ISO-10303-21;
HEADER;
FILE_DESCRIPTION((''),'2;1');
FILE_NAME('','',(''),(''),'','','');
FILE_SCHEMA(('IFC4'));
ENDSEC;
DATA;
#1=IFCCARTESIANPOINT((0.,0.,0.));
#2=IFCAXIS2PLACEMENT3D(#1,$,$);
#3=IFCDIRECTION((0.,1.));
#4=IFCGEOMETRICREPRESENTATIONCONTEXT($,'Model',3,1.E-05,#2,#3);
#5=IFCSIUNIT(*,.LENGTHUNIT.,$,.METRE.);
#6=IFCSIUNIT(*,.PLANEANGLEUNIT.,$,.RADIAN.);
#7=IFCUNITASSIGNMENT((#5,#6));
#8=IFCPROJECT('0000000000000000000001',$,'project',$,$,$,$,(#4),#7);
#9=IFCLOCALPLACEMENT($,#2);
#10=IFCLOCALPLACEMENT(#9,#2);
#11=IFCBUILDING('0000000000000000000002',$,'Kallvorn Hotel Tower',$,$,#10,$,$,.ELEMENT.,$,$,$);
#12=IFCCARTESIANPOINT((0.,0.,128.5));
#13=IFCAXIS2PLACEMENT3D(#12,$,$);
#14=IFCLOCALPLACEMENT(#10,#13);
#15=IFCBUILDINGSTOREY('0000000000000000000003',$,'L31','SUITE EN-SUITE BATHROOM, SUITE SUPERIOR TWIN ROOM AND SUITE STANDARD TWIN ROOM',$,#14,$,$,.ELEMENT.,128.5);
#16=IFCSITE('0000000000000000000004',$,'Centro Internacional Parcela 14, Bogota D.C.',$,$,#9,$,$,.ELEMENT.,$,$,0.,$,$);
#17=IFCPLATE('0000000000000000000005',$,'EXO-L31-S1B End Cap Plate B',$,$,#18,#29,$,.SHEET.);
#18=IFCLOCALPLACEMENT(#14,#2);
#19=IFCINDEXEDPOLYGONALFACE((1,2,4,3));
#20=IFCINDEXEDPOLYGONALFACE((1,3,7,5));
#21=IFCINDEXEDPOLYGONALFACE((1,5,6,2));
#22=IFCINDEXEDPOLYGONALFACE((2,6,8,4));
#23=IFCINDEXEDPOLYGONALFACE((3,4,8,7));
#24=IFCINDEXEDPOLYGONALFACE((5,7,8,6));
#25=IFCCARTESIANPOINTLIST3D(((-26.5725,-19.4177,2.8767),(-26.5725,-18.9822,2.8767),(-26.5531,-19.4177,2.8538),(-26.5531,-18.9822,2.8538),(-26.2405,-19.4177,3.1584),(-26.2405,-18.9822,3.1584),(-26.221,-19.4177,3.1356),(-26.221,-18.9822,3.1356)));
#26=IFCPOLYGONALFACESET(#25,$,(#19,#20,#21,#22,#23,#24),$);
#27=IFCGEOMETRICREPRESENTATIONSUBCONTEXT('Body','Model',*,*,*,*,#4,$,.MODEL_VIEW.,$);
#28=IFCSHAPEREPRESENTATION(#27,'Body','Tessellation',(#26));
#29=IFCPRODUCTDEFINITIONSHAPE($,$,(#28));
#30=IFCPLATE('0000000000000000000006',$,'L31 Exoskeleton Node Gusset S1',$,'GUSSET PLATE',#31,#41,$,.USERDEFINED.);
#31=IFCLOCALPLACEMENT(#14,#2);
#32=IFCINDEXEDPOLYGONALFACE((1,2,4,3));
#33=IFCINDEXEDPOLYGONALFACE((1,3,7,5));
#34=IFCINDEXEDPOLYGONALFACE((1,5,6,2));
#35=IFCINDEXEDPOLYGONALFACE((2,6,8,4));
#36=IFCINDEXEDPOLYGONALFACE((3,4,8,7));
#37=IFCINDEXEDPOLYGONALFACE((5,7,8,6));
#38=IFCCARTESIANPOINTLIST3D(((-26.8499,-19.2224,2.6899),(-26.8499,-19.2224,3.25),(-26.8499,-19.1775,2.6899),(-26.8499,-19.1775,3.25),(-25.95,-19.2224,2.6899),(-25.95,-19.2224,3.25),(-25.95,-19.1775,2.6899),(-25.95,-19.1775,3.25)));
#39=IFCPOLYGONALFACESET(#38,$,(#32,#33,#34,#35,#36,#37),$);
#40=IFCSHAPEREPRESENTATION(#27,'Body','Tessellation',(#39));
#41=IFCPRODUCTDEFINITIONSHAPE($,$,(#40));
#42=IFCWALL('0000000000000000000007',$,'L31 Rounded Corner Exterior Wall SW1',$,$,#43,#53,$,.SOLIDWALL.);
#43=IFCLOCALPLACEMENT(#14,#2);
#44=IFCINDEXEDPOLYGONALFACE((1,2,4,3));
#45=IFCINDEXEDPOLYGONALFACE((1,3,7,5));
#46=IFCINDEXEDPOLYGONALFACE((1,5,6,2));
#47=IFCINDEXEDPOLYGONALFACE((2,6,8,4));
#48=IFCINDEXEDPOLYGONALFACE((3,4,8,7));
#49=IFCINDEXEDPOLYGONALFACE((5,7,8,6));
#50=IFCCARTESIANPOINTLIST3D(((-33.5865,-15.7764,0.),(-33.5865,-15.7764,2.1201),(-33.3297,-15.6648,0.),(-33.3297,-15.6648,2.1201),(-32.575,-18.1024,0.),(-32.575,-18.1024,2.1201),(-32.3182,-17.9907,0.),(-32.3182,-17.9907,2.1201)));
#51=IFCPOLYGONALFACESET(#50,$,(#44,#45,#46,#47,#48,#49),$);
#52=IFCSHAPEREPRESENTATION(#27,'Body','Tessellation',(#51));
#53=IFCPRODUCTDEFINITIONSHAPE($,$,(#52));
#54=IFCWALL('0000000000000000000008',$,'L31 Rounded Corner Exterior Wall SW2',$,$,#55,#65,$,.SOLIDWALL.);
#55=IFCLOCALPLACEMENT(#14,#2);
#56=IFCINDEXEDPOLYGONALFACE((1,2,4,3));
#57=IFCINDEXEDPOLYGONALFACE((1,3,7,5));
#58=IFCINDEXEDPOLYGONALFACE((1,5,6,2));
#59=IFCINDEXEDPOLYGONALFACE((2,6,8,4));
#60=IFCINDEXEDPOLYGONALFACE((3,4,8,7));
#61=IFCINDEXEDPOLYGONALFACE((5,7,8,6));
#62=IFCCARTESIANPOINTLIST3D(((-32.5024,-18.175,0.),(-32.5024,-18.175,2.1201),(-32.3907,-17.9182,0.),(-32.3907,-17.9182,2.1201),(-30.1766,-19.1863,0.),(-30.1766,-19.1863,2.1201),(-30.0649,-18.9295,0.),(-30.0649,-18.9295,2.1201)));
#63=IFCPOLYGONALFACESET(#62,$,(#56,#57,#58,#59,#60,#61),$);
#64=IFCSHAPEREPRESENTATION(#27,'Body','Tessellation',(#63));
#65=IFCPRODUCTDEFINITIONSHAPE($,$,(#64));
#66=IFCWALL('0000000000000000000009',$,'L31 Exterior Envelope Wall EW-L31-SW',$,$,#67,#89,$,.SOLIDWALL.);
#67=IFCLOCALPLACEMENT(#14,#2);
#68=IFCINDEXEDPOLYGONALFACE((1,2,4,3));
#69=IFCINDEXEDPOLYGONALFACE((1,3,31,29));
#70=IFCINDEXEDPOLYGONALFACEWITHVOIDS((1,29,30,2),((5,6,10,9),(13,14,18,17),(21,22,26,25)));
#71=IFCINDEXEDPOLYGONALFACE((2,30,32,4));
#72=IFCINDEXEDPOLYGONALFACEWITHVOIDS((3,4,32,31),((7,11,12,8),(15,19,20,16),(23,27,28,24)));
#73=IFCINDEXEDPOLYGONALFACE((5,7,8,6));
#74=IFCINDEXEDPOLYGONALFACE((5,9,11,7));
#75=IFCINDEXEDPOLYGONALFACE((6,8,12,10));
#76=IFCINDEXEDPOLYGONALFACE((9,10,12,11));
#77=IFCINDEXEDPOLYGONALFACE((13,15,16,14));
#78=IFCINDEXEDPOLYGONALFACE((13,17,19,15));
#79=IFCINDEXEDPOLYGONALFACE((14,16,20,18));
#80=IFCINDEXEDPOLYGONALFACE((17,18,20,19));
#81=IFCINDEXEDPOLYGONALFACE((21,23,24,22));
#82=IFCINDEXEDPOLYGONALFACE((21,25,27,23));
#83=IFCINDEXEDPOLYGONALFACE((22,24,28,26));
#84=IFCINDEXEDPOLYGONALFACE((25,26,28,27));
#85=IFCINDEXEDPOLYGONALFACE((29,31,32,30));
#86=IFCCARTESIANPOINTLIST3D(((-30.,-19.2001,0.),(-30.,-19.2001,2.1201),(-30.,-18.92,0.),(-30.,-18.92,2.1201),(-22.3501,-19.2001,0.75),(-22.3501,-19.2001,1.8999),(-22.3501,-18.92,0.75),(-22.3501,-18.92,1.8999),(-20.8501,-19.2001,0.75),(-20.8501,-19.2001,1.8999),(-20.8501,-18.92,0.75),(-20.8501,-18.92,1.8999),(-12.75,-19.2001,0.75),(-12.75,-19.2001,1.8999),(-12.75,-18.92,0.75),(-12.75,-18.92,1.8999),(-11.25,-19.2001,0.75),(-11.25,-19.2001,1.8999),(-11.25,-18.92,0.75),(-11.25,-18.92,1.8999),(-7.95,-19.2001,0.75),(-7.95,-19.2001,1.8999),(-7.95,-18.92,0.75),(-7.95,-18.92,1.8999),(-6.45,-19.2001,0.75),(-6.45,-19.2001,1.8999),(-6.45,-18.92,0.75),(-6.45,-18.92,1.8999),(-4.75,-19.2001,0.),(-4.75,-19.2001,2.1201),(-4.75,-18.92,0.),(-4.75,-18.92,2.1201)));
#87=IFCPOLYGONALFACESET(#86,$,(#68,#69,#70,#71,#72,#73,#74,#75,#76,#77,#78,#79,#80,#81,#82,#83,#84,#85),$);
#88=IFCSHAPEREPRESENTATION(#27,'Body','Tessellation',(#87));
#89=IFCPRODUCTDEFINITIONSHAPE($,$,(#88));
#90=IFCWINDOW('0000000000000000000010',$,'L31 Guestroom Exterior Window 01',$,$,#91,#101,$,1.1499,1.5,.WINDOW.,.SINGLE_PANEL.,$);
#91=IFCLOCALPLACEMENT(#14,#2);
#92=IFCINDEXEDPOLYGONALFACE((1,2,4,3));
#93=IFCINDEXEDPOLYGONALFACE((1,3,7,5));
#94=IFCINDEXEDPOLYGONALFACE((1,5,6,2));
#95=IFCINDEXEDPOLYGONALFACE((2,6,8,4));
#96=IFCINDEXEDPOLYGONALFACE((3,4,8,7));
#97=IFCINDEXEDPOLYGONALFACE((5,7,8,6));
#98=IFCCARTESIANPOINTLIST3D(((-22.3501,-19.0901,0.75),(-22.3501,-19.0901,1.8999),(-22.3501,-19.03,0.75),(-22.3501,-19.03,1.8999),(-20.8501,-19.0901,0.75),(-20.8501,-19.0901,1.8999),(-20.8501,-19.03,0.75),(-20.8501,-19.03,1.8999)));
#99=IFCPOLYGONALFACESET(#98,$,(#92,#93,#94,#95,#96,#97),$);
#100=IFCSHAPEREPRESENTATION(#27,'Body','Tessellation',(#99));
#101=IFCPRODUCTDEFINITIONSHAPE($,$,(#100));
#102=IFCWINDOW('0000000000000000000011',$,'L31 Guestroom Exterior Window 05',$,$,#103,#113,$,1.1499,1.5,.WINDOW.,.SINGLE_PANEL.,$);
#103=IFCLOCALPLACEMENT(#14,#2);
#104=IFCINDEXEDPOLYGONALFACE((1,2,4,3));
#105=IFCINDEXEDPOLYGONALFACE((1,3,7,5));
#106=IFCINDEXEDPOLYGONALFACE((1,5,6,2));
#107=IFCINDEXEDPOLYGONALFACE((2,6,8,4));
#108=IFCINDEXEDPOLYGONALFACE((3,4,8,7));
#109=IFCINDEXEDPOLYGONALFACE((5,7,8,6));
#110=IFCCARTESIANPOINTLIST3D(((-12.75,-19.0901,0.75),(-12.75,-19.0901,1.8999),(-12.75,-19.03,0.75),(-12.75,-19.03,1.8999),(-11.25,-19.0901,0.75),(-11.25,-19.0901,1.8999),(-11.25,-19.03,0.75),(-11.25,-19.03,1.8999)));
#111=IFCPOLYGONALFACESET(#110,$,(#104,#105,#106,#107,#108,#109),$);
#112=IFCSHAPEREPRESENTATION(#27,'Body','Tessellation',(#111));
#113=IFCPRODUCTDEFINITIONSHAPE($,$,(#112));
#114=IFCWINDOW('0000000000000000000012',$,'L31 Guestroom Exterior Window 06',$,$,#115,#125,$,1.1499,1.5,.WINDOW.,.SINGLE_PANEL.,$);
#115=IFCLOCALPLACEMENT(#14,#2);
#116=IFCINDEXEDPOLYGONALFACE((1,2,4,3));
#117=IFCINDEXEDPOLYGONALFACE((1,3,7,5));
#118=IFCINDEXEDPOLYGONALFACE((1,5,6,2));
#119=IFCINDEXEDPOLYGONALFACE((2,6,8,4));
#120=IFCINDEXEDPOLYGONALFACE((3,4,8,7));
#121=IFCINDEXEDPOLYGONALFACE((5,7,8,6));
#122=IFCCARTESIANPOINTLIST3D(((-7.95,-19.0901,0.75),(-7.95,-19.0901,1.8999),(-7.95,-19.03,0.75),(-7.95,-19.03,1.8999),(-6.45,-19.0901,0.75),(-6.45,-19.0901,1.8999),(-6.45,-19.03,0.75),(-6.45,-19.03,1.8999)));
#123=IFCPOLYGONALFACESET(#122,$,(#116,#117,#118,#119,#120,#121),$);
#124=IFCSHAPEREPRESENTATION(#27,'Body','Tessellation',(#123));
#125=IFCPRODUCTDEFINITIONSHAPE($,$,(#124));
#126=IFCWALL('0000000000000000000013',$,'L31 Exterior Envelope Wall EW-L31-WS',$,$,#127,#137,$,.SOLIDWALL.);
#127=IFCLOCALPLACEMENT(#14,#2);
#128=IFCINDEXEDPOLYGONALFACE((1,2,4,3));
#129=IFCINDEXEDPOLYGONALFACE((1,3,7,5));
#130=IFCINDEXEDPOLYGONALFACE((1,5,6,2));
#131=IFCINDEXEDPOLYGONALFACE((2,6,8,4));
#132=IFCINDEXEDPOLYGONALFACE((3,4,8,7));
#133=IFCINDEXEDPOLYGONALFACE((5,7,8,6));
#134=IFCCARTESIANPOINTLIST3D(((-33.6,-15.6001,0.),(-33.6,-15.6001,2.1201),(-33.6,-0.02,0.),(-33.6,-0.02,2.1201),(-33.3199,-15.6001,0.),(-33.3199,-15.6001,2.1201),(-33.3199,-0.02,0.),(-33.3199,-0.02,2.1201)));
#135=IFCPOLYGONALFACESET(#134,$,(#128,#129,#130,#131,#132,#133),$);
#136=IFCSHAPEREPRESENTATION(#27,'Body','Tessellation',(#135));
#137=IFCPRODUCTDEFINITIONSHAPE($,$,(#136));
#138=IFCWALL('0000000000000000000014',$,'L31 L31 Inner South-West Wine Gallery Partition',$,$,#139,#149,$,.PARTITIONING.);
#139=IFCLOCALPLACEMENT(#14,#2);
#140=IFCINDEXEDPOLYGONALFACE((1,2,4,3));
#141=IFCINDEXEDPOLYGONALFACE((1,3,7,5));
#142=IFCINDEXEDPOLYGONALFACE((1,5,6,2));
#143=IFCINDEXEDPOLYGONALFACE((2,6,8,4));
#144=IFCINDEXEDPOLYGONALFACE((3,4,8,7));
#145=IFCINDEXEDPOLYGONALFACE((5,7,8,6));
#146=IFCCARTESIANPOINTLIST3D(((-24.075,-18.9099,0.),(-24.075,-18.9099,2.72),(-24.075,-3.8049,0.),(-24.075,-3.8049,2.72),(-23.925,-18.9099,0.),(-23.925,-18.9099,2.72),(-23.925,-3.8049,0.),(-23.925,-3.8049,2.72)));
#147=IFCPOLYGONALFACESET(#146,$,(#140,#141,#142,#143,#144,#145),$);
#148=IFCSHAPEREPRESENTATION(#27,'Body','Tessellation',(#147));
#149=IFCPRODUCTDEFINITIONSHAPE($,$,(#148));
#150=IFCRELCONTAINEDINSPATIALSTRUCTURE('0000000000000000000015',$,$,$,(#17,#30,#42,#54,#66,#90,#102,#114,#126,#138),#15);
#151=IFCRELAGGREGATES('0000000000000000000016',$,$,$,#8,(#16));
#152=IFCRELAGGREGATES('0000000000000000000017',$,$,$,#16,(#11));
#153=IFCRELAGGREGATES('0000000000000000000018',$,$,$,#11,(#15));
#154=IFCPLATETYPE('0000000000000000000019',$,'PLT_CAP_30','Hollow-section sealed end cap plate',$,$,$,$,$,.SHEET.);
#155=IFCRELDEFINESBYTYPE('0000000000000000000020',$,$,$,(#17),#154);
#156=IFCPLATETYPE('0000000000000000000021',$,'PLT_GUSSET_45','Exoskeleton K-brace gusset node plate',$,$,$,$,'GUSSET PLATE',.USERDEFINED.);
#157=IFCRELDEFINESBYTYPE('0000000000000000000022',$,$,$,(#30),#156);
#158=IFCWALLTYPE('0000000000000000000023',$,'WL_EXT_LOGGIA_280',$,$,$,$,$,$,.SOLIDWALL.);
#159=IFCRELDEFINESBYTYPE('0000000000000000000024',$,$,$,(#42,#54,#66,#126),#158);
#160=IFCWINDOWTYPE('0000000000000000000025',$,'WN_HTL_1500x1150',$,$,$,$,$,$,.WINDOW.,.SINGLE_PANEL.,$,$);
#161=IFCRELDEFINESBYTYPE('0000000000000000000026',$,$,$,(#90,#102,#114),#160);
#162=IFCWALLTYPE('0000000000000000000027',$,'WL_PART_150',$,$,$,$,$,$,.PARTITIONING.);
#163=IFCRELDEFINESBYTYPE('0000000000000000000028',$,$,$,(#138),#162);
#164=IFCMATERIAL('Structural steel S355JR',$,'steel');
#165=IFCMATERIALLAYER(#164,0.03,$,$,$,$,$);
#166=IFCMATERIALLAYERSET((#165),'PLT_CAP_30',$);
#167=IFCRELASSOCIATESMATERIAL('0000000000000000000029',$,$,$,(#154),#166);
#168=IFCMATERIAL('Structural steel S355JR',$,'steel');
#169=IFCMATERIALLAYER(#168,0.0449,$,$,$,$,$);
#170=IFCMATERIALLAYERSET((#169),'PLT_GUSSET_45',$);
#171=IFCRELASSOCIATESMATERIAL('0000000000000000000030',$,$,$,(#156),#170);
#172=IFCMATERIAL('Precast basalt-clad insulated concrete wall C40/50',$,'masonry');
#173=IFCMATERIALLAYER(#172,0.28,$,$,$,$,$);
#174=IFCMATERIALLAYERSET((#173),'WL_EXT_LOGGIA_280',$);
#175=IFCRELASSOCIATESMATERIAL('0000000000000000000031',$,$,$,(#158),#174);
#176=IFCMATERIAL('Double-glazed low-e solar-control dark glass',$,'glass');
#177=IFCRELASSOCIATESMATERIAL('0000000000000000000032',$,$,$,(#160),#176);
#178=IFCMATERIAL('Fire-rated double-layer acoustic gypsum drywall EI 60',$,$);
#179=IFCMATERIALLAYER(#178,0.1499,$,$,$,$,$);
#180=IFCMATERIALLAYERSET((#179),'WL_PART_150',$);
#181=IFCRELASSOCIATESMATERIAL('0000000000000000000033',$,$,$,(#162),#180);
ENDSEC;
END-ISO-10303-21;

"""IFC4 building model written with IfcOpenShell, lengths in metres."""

from ifc_helpers import new_model, si_unit, direction, frame, frame_2d, origin, origin_2d, place, context, subcontext, project, spatial, polyline, rectangle, outline, extrude, material, layer, layer_set, type_object, element, fill, save


model = new_model("IFC4")

# Units and contexts
model_context = context("Model", 3, precision=1e-05, world=origin(), true_north=direction((0.0, 1.0)))
body_context = subcontext(model_context, "Body", "Model", "MODEL_VIEW")
ifc_project = project(units=[si_unit("LENGTHUNIT", "METRE"), si_unit("PLANEANGLEUNIT", "RADIAN")], contexts=[model_context])

# Site, building, storey
site_placement = place(None, origin())
site = spatial("IfcSite", under=ifc_project, at=site_placement, Name="Centro Internacional Parcela 14, Bogota D.C.", CompositionType="ELEMENT", RefElevation=0.0)
building_placement = place(site_placement, origin())
building = spatial("IfcBuilding", under=site, at=building_placement, Name="Kallvorn Hotel Tower", CompositionType="ELEMENT")
storey_placement = place(building_placement, frame((0.0, 0.0, 128.5)))
storey = spatial("IfcBuildingStorey", under=building, at=storey_placement, Name="L31", Description="SUITE EN-SUITE BATHROOM, SUITE SUPERIOR TWIN ROOM AND SUITE STANDARD TWIN ROOM", CompositionType="ELEMENT", Elevation=128.5)

# Plates
ifc_material_1 = material(Name="Structural steel S355JR", Category="steel")
ifc_layer_1 = layer(ifc_material_1, 0.03)
ifc_layer_set_1 = layer_set([ifc_layer_1], Name="PLT_CAP_30")
plate_type_1 = type_object("IfcPlateType", Name="PLT_CAP_30", Description="Hollow-section sealed end cap plate", PredefinedType="SHEET", material=ifc_layer_set_1)
plate_1_placement = place(storey_placement, frame((-26.5725, -18.9822, 2.8767), z_axis=(-0.646997, 0.0, 0.762492), x_axis=(0.0, -1.0, 0.0)))
element("IfcPlate", 1, at=plate_1_placement, inside=storey, type_object=plate_type_1, Name="EXO-L31-S1B End Cap Plate B", PredefinedType="SHEET", context=body_context, shape_type="SweptSolid", body=[
    extrude(outline(polyline([(0.0, 0.0), (0.4355, 0.0), (0.4355, 0.4355), (0.0, 0.4355), (0.0, 0.0)])), origin(), (0.0, 0.0, -1.0), 0.03),
])
ifc_material_2 = material(Name="Structural steel S355JR", Category="steel")
ifc_layer_2 = layer(ifc_material_2, 0.0449)
ifc_layer_set_2 = layer_set([ifc_layer_2], Name="PLT_GUSSET_45")
plate_type_2 = type_object("IfcPlateType", Name="PLT_GUSSET_45", Description="Exoskeleton K-brace gusset node plate", ElementType="GUSSET PLATE", PredefinedType="USERDEFINED", material=ifc_layer_set_2)
plate_2_placement = place(storey_placement, frame((-26.3999, -19.2, 2.6899), z_axis=(0.0, 0.0, 1.0), x_axis=(1.0, 0.0, 0.0)))
element("IfcPlate", 2, at=plate_2_placement, inside=storey, type_object=plate_type_2, Name="L31 Exoskeleton Node Gusset S1", ObjectType="GUSSET PLATE", PredefinedType="USERDEFINED", context=body_context, shape_type="SweptSolid", body=[
    extrude(rectangle(XDim=0.8999, YDim=0.0449, at=origin_2d()), origin(), (0.0, 0.0, 1.0), 0.5601),
])

# Walls
ifc_material_3 = material(Name="Precast basalt-clad insulated concrete wall C40/50", Category="masonry")
ifc_layer_3 = layer(ifc_material_3, 0.28)
ifc_layer_set_3 = layer_set([ifc_layer_3], Name="WL_EXT_LOGGIA_280")
wall_type_1 = type_object("IfcWallType", Name="WL_EXT_LOGGIA_280", PredefinedType="SOLIDWALL", material=ifc_layer_set_3)
wall_1_placement = place(storey_placement, frame((-33.458, -15.7207, 0.0), z_axis=(0.0, 0.0, 1.0), x_axis=(0.398793, -0.917041, 0.0)))
element("IfcWall", 3, at=wall_1_placement, inside=storey, type_object=wall_type_1, Name="L31 Rounded Corner Exterior Wall SW1", PredefinedType="SOLIDWALL", context=body_context, shape_type="SweptSolid", body=[
    extrude(rectangle(XDim=2.5364, YDim=0.28, at=frame_2d((1.2681, 0.0))), origin(), (0.0, 0.0, 1.0), 2.1201),
])
wall_2_placement = place(storey_placement, frame((-32.4465, -18.0466, 0.0), z_axis=(0.0, 0.0, 1.0), x_axis=(0.917061, -0.398747, 0.0)))
element("IfcWall", 4, at=wall_2_placement, inside=storey, type_object=wall_type_1, Name="L31 Rounded Corner Exterior Wall SW2", PredefinedType="SOLIDWALL", context=body_context, shape_type="SweptSolid", body=[
    extrude(rectangle(XDim=2.5361, YDim=0.28, at=frame_2d((1.2681, 0.0))), origin(), (0.0, 0.0, 1.0), 2.1201),
])

# Wall, openings, windows
wall_3_placement = place(storey_placement, frame((-30.0, -19.0601, 0.0), z_axis=(0.0, 0.0, 1.0), x_axis=(1.0, 0.0, 0.0)))
wall_3 = element("IfcWall", 5, at=wall_3_placement, inside=storey, type_object=wall_type_1, Name="L31 Exterior Envelope Wall EW-L31-SW", PredefinedType="SOLIDWALL", context=body_context, shape_type="SweptSolid", body=[
    extrude(rectangle(XDim=25.25, YDim=0.28, at=frame_2d((12.625, 0.0))), origin(), (0.0, 0.0, 1.0), 2.1201),
])
opening_1_placement = place(wall_3_placement, frame((7.6499, 0.0, 0.75)))
opening_1 = element("IfcOpeningElement", 6, at=opening_1_placement, cuts=wall_3, PredefinedType="OPENING", context=body_context, shape_type="SweptSolid", body=[
    extrude(rectangle(XDim=1.5, YDim=1.1499, at=frame_2d((0.75, 0.575))), frame((0.0, 0.155, 0.0), z_axis=(0.0, -1.0, 0.0), x_axis=(1.0, 0.0, 0.0)), (0.0, 0.0, 1.0), 0.3101),
])
opening_2_placement = place(wall_3_placement, frame((17.25, 0.0, 0.75)))
opening_2 = element("IfcOpeningElement", 7, at=opening_2_placement, cuts=wall_3, PredefinedType="OPENING", context=body_context, shape_type="SweptSolid", body=[
    extrude(rectangle(XDim=1.5, YDim=1.1499, at=frame_2d((0.75, 0.575))), frame((0.0, 0.155, 0.0), z_axis=(0.0, -1.0, 0.0), x_axis=(1.0, 0.0, 0.0)), (0.0, 0.0, 1.0), 0.3101),
])
opening_3_placement = place(wall_3_placement, frame((22.05, 0.0, 0.75)))
opening_3 = element("IfcOpeningElement", 8, at=opening_3_placement, cuts=wall_3, PredefinedType="OPENING", context=body_context, shape_type="SweptSolid", body=[
    extrude(rectangle(XDim=1.5, YDim=1.1499, at=frame_2d((0.75, 0.575))), frame((0.0, 0.155, 0.0), z_axis=(0.0, -1.0, 0.0), x_axis=(1.0, 0.0, 0.0)), (0.0, 0.0, 1.0), 0.3101),
])
ifc_material_4 = material(Name="Double-glazed low-e solar-control dark glass", Category="glass")
window_type = type_object("IfcWindowType", Name="WN_HTL_1500x1150", PartitioningType="SINGLE_PANEL", PredefinedType="WINDOW", material=ifc_material_4)
window_1_placement = place(opening_1_placement, origin())
window_1 = element("IfcWindow", 9, at=window_1_placement, inside=storey, type_object=window_type, Name="L31 Guestroom Exterior Window 01", OverallHeight=1.1499, OverallWidth=1.5, PartitioningType="SINGLE_PANEL", PredefinedType="WINDOW", context=body_context, shape_type="SweptSolid", body=[
    extrude(rectangle(XDim=1.5, YDim=1.1499, at=frame_2d((0.75, 0.575))), frame((0.0, 0.03, 0.0), z_axis=(0.0, -1.0, 0.0), x_axis=(1.0, 0.0, 0.0)), (0.0, 0.0, 1.0), 0.0601),
])
fill(opening_1, window_1)
window_2_placement = place(opening_2_placement, origin())
window_2 = element("IfcWindow", 10, at=window_2_placement, inside=storey, type_object=window_type, Name="L31 Guestroom Exterior Window 05", OverallHeight=1.1499, OverallWidth=1.5, PartitioningType="SINGLE_PANEL", PredefinedType="WINDOW", context=body_context, shape_type="SweptSolid", body=[
    extrude(rectangle(XDim=1.5, YDim=1.1499, at=frame_2d((0.75, 0.575))), frame((0.0, 0.03, 0.0), z_axis=(0.0, -1.0, 0.0), x_axis=(1.0, 0.0, 0.0)), (0.0, 0.0, 1.0), 0.0601),
])
fill(opening_2, window_2)
window_3_placement = place(opening_3_placement, origin())
window_3 = element("IfcWindow", 11, at=window_3_placement, inside=storey, type_object=window_type, Name="L31 Guestroom Exterior Window 06", OverallHeight=1.1499, OverallWidth=1.5, PartitioningType="SINGLE_PANEL", PredefinedType="WINDOW", context=body_context, shape_type="SweptSolid", body=[
    extrude(rectangle(XDim=1.5, YDim=1.1499, at=frame_2d((0.75, 0.575))), frame((0.0, 0.03, 0.0), z_axis=(0.0, -1.0, 0.0), x_axis=(1.0, 0.0, 0.0)), (0.0, 0.0, 1.0), 0.0601),
])
fill(opening_3, window_3)

# Walls
wall_4_placement = place(storey_placement, frame((-33.46, -15.6001, 0.0), z_axis=(0.0, 0.0, 1.0), x_axis=(0.0, 1.0, 0.0)))
element("IfcWall", 12, at=wall_4_placement, inside=storey, type_object=wall_type_1, Name="L31 Exterior Envelope Wall EW-L31-WS", PredefinedType="SOLIDWALL", context=body_context, shape_type="SweptSolid", body=[
    extrude(rectangle(XDim=15.5801, YDim=0.28, at=frame_2d((7.79, 0.0))), origin(), (0.0, 0.0, 1.0), 2.1201),
])
ifc_material_5 = material(Name="Fire-rated double-layer acoustic gypsum drywall EI 60")
ifc_layer_4 = layer(ifc_material_5, 0.1499)
ifc_layer_set_4 = layer_set([ifc_layer_4], Name="WL_PART_150")
wall_type_2 = type_object("IfcWallType", Name="WL_PART_150", PredefinedType="PARTITIONING", material=ifc_layer_set_4)
wall_5_placement = place(storey_placement, frame((-24.0, -18.9099, 0.0), z_axis=(0.0, 0.0, 1.0), x_axis=(0.0, 1.0, 0.0)))
element("IfcWall", 13, at=wall_5_placement, inside=storey, type_object=wall_type_2, Name="L31 L31 Inner South-West Wine Gallery Partition", PredefinedType="PARTITIONING", context=body_context, shape_type="SweptSolid", body=[
    extrude(rectangle(XDim=15.105, YDim=0.1499, at=frame_2d((7.5525, 0.0))), origin(), (0.0, 0.0, 1.0), 2.72),
])

save(model, "model.ifc")
